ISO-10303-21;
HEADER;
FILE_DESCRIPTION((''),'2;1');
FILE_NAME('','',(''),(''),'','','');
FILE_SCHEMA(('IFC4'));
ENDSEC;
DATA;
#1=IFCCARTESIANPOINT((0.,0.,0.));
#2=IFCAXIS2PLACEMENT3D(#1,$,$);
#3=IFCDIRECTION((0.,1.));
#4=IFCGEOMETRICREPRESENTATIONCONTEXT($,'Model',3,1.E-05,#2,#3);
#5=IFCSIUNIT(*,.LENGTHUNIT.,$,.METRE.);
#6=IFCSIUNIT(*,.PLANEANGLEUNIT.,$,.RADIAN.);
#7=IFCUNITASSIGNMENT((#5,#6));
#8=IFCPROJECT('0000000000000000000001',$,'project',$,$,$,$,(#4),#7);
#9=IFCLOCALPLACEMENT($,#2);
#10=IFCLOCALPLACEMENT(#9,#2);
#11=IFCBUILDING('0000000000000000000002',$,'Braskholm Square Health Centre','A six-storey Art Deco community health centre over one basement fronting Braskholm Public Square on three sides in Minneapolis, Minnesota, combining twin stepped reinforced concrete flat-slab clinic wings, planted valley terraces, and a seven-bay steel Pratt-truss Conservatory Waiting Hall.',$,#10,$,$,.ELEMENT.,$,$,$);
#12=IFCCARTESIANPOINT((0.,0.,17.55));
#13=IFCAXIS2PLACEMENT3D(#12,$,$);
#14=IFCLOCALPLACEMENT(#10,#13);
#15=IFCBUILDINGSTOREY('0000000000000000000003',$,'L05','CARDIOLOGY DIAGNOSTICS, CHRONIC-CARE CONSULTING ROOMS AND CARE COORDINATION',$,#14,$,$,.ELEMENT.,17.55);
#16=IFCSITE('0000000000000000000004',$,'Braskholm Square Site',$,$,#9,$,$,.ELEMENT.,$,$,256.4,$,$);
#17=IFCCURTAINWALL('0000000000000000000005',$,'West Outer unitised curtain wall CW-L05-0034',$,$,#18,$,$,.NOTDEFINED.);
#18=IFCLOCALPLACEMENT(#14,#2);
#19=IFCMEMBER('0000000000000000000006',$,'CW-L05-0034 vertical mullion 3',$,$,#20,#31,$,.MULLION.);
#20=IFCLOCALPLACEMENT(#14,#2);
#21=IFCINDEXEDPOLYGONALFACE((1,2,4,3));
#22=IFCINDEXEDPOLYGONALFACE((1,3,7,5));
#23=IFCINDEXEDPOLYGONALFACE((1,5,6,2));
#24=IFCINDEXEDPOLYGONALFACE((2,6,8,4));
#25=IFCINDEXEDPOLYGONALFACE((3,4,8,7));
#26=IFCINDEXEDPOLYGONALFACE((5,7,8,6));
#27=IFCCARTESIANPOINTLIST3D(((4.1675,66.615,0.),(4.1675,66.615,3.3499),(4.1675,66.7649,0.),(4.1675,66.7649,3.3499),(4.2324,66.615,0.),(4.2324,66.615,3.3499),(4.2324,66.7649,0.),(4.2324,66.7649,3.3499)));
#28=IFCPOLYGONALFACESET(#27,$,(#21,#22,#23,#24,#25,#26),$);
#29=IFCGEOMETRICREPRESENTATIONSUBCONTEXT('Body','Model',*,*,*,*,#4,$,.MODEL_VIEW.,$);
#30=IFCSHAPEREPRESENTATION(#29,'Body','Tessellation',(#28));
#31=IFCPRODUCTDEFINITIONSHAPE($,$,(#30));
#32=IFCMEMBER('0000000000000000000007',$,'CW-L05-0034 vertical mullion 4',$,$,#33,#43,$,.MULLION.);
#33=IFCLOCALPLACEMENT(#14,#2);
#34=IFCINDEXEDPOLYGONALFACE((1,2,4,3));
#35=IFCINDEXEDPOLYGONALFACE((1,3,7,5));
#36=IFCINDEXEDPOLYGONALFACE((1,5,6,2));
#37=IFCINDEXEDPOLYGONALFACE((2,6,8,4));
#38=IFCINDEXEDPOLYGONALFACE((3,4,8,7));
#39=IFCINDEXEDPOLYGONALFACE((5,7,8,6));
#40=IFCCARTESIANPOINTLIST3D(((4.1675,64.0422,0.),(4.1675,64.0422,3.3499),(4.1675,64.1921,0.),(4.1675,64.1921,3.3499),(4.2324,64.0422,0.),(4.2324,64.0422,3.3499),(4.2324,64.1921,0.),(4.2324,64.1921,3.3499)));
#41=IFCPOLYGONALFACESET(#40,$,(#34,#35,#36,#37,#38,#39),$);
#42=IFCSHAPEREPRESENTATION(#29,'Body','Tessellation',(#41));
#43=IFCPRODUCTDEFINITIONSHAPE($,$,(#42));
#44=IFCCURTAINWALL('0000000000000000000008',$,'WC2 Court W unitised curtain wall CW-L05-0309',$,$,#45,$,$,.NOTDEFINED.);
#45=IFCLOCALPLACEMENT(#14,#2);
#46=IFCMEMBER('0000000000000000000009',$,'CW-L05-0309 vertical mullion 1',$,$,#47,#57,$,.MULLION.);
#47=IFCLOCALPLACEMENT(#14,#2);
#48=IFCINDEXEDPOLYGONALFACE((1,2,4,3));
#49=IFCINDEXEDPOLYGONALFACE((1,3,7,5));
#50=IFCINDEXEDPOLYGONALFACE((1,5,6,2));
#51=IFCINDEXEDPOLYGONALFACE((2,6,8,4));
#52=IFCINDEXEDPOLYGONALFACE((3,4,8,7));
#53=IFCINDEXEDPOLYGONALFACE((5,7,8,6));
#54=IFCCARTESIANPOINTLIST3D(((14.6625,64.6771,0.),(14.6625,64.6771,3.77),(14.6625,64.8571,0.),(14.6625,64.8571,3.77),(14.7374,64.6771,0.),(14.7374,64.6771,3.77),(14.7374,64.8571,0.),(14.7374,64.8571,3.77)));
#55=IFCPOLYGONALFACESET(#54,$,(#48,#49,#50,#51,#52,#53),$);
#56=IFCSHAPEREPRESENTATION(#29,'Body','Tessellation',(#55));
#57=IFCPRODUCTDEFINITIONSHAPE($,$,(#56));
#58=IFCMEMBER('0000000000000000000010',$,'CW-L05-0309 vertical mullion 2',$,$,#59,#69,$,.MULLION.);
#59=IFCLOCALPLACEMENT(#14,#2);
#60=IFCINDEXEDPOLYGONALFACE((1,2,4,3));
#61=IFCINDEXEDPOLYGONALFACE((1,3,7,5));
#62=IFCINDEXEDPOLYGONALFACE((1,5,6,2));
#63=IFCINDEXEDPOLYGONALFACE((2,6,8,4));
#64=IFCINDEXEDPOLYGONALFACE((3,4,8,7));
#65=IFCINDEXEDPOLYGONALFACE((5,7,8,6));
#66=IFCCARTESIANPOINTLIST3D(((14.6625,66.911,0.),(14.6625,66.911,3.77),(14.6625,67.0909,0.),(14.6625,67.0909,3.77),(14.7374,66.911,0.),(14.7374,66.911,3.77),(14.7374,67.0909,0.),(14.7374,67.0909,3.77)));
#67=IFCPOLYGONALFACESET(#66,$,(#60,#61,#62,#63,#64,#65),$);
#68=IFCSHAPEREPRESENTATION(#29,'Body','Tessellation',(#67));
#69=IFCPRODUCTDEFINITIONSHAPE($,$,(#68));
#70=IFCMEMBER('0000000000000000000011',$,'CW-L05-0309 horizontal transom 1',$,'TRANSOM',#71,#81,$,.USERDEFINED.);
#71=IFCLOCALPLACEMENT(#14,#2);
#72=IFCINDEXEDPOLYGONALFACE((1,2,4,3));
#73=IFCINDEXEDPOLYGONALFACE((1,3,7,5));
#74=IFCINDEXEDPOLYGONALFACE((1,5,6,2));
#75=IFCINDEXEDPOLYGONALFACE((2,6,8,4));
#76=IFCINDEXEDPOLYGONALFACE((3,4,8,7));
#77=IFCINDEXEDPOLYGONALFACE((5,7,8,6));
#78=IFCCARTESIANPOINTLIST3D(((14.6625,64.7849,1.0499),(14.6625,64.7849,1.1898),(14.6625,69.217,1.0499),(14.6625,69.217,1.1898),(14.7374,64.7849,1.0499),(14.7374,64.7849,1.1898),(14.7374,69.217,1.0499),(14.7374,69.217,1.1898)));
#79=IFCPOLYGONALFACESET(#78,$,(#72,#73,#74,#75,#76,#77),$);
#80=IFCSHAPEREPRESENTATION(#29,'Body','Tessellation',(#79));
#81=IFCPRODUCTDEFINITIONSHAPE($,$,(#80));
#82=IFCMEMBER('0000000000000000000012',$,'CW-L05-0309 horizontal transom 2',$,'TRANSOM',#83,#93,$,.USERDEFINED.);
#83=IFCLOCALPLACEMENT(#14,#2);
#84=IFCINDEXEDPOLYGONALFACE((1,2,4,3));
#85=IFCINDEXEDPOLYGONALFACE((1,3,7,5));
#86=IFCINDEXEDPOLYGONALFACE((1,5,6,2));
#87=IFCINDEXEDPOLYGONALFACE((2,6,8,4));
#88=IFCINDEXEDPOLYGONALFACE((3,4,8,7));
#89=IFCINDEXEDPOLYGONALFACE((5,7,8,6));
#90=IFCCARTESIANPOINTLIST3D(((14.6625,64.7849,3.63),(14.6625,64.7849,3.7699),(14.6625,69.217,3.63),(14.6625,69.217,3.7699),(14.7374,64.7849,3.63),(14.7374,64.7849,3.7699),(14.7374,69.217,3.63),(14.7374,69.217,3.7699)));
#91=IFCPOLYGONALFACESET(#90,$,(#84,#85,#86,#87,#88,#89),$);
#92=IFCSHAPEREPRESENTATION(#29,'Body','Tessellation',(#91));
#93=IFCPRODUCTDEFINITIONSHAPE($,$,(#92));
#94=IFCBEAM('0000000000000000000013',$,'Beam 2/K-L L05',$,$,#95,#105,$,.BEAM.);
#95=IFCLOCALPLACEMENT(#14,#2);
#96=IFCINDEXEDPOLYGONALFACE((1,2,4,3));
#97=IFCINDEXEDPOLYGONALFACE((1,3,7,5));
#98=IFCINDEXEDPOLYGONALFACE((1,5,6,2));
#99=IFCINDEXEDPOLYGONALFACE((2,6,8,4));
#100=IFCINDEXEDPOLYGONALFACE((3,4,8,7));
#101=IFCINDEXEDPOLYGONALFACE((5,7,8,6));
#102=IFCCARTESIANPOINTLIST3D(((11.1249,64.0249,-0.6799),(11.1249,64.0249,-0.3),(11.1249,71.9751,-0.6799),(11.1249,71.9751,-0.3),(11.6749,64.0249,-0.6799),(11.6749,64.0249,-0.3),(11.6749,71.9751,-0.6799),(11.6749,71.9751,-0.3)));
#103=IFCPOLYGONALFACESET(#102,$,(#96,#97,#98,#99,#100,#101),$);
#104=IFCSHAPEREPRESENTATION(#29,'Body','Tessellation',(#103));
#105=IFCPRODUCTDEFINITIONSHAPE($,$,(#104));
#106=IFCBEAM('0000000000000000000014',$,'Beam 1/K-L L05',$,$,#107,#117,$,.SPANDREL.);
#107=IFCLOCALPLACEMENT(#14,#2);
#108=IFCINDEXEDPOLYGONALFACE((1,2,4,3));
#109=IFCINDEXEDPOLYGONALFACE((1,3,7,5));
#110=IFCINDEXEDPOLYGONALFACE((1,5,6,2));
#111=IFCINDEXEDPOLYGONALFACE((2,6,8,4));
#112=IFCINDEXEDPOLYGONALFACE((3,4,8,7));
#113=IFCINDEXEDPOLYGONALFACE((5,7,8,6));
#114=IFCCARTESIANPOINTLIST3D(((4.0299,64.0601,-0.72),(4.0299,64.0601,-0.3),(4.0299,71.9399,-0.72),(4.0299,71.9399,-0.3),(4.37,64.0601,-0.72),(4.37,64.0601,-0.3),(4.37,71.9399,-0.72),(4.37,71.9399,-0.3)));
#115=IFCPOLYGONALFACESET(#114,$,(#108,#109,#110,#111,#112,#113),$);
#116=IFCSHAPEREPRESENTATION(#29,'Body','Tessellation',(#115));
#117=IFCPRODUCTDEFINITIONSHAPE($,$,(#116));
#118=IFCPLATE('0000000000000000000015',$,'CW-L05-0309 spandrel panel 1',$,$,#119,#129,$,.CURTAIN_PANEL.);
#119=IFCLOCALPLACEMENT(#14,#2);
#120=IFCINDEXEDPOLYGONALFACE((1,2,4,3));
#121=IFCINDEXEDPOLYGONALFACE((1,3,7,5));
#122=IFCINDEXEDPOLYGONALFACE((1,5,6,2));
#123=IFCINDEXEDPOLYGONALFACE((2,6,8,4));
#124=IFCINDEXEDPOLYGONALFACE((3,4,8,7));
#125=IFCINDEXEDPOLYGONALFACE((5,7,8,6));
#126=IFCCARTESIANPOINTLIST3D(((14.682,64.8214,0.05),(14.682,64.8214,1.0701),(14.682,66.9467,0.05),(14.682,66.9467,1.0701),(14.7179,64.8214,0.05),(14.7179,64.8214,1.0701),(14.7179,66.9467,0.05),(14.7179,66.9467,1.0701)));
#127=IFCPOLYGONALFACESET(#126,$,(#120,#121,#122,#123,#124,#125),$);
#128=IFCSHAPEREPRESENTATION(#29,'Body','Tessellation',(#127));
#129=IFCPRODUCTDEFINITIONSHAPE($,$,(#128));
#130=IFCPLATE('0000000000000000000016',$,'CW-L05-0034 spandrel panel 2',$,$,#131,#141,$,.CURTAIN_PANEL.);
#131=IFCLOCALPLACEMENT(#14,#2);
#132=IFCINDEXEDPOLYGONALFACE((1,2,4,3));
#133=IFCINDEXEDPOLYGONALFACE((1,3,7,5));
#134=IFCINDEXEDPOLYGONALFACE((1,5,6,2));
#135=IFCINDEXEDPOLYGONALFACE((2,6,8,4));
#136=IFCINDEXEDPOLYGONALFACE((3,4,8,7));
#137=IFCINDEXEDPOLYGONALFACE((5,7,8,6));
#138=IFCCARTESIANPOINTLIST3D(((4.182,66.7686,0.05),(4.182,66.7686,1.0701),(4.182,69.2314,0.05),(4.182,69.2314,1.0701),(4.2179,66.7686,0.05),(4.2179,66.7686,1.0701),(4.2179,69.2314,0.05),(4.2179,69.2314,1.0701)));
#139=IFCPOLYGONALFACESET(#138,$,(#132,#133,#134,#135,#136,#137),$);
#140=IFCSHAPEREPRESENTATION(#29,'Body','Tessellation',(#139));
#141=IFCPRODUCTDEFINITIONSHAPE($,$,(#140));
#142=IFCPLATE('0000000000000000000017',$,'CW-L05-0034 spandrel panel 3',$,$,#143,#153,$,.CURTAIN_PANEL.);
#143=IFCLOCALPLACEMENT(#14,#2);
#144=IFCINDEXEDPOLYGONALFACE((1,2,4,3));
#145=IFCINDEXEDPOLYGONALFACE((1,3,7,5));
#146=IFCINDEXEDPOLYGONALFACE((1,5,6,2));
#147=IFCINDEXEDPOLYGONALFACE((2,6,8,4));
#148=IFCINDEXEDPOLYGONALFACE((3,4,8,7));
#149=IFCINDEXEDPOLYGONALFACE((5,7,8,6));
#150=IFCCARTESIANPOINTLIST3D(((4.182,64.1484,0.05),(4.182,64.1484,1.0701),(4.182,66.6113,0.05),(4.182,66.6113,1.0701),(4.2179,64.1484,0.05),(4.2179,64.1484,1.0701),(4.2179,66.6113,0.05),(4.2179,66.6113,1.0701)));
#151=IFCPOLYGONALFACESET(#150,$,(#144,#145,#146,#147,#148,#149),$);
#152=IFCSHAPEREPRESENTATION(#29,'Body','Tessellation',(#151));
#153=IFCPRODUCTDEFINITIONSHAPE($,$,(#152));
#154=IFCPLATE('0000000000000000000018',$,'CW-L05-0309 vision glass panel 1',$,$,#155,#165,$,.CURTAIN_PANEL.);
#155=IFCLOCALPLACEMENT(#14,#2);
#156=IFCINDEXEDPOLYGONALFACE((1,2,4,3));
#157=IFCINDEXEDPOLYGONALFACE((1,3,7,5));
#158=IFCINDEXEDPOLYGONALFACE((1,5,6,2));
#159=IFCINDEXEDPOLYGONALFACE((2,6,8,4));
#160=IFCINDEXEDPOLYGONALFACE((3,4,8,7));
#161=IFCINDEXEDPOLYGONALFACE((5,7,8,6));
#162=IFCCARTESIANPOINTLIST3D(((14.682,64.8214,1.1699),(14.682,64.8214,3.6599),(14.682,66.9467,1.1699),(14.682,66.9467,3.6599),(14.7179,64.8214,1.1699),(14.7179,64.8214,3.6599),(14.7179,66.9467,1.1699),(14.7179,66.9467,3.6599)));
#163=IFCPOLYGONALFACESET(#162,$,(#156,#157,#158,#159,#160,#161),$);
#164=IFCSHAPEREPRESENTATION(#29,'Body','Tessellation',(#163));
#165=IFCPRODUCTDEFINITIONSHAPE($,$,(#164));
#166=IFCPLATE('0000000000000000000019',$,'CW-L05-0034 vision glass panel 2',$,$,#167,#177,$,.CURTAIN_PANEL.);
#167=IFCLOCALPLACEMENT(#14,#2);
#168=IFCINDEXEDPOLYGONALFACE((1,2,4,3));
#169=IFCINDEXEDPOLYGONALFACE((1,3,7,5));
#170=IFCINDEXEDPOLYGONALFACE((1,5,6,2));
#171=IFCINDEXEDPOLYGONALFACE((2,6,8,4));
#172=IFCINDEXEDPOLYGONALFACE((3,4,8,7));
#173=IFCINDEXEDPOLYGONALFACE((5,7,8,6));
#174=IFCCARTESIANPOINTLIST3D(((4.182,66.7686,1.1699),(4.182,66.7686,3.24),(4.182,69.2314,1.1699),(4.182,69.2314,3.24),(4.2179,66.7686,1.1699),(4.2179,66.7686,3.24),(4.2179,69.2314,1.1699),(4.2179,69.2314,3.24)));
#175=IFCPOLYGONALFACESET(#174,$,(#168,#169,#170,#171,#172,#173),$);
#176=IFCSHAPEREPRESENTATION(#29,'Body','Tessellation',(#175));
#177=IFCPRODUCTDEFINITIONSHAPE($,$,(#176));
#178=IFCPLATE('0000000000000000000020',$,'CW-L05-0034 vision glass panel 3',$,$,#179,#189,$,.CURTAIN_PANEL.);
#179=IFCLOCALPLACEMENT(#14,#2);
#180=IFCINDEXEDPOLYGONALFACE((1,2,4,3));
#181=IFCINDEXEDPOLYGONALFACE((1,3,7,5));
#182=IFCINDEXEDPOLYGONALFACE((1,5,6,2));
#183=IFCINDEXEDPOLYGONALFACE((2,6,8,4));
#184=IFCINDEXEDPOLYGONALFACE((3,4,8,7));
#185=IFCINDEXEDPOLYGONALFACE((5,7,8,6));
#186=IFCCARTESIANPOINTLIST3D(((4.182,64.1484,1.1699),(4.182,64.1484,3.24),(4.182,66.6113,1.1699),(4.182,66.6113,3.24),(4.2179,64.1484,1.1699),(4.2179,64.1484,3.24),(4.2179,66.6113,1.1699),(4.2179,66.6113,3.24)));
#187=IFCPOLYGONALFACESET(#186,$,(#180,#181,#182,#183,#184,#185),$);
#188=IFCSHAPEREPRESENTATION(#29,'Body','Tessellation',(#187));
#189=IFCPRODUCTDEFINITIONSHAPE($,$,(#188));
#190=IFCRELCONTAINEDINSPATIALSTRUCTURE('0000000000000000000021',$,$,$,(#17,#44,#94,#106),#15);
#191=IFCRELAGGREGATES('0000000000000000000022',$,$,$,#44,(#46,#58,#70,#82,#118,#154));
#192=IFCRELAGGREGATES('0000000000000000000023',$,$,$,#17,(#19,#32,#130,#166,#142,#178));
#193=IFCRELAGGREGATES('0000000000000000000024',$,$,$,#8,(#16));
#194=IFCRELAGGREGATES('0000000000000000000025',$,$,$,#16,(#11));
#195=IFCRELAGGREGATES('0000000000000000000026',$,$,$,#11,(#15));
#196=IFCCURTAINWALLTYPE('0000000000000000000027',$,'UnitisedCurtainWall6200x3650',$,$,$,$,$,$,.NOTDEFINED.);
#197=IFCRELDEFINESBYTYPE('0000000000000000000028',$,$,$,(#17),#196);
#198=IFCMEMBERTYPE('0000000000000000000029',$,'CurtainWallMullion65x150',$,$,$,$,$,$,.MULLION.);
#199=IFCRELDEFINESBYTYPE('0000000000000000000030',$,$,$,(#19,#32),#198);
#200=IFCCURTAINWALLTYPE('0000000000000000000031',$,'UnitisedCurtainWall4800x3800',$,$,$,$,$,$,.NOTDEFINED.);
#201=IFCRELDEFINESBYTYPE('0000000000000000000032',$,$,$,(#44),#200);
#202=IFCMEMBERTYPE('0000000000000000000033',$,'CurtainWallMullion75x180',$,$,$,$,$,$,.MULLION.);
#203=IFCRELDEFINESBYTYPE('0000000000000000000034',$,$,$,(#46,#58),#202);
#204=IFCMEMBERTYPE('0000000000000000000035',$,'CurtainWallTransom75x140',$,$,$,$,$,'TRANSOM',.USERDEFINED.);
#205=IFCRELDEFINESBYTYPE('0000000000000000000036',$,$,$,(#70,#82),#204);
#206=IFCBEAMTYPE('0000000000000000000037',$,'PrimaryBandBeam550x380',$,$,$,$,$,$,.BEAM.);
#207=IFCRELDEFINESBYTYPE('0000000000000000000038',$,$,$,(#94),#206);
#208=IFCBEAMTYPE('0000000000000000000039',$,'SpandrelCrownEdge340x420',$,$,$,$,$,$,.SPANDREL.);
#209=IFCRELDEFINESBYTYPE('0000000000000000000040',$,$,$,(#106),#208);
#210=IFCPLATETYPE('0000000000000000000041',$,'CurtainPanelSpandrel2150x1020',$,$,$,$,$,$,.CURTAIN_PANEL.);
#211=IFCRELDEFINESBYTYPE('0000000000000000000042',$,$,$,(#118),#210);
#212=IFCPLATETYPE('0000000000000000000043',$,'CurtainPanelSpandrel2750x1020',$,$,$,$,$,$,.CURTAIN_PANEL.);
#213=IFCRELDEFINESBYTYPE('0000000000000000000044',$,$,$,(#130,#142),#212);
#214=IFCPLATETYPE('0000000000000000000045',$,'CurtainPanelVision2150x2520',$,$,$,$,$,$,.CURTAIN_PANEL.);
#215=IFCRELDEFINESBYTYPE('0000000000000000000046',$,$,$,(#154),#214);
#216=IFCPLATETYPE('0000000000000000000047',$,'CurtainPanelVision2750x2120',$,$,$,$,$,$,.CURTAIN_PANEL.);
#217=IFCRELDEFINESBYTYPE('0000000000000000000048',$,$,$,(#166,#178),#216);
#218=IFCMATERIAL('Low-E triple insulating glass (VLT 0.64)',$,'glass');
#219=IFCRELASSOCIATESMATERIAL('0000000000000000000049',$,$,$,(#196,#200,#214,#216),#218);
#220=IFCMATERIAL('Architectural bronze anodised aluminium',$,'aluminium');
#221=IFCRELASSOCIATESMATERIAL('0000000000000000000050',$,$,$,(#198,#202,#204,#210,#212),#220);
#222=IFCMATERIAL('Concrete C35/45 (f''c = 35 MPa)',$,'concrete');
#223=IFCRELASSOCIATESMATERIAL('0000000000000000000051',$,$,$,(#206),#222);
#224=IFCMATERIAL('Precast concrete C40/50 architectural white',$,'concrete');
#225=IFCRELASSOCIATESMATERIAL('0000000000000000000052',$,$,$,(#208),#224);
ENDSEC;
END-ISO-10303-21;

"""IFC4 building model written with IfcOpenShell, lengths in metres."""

from ifc_helpers import new_model, si_unit, direction, frame, origin, origin_2d, place, context, subcontext, project, spatial, rectangle, extrude, material, material_profile, profile_set, type_object, element, aggregate, save


model = new_model("IFC4")

# Units and contexts
model_context = context("Model", 3, precision=1e-05, world=origin(), true_north=direction((0.0, 1.0)))
body_context = subcontext(model_context, "Body", "Model", "MODEL_VIEW")
ifc_project = project(units=[si_unit("LENGTHUNIT", "METRE"), si_unit("PLANEANGLEUNIT", "RADIAN")], contexts=[model_context])

# Site, building, storey
site_placement = place(None, origin())
site = spatial("IfcSite", under=ifc_project, at=site_placement, Name="Braskholm Square Site", CompositionType="ELEMENT", RefElevation=256.4)
building_placement = place(site_placement, origin())
building = spatial("IfcBuilding", under=site, at=building_placement, Name="Braskholm Square Health Centre", Description="A six-storey Art Deco community health centre over one basement fronting Braskholm Public Square on three sides in Minneapolis, Minnesota, combining twin stepped reinforced concrete flat-slab clinic wings, planted valley terraces, and a seven-bay steel Pratt-truss Conservatory Waiting Hall.", CompositionType="ELEMENT")
storey_placement = place(building_placement, frame((0.0, 0.0, 17.55)))
storey = spatial("IfcBuildingStorey", under=building, at=storey_placement, Name="L05", Description="CARDIOLOGY DIAGNOSTICS, CHRONIC-CARE CONSULTING ROOMS AND CARE COORDINATION", CompositionType="ELEMENT", Elevation=17.55)

# Curtain walls, members
ifc_material_1 = material(Name="Low-E triple insulating glass (VLT 0.64)", Category="glass")
curtain_wall_type_1 = type_object("IfcCurtainWallType", Name="UnitisedCurtainWall6200x3650", PredefinedType="NOTDEFINED", material=ifc_material_1)
curtain_wall_1_placement = place(storey_placement, origin())
curtain_wall_1 = element("IfcCurtainWall", 1, at=curtain_wall_1_placement, inside=storey, type_object=curtain_wall_type_1, Name="West Outer unitised curtain wall CW-L05-0034", PredefinedType="NOTDEFINED")
ifc_material_2 = material(Name="Architectural bronze anodised aluminium", Category="aluminium")
ifc_material_profile_1 = material_profile(ifc_material_2, rectangle(XDim=0.0649, YDim=0.1499, at=origin_2d()), Name="ALU-65X150")
ifc_profile_set_1 = profile_set([ifc_material_profile_1], Name="Architectural bronze anodised aluminium")
member_type_1 = type_object("IfcMemberType", Name="CurtainWallMullion65x150", PredefinedType="MULLION", material=ifc_profile_set_1)
member_1_placement = place(storey_placement, frame((4.2, 66.6899, 0.0), z_axis=(0.0, 0.0, 1.0), x_axis=(1.0, 0.0, 0.0)))
member_1 = element("IfcMember", 2, at=member_1_placement, type_object=member_type_1, Name="CW-L05-0034 vertical mullion 3", PredefinedType="MULLION", context=body_context, shape_type="SweptSolid", body=[
    extrude(rectangle(XDim=0.0649, YDim=0.1499, at=origin_2d()), origin(), (0.0, 0.0, 1.0), 3.3499),
])
member_2_placement = place(storey_placement, frame((4.2, 64.1172, 0.0), z_axis=(0.0, 0.0, 1.0), x_axis=(1.0, 0.0, 0.0)))
member_2 = element("IfcMember", 3, at=member_2_placement, type_object=member_type_1, Name="CW-L05-0034 vertical mullion 4", PredefinedType="MULLION", context=body_context, shape_type="SweptSolid", body=[
    extrude(rectangle(XDim=0.0649, YDim=0.1499, at=origin_2d()), origin(), (0.0, 0.0, 1.0), 3.3499),
])
curtain_wall_type_2 = type_object("IfcCurtainWallType", Name="UnitisedCurtainWall4800x3800", PredefinedType="NOTDEFINED", material=ifc_material_1)
curtain_wall_2_placement = place(storey_placement, origin())
curtain_wall_2 = element("IfcCurtainWall", 4, at=curtain_wall_2_placement, inside=storey, type_object=curtain_wall_type_2, Name="WC2 Court W unitised curtain wall CW-L05-0309", PredefinedType="NOTDEFINED")
ifc_material_profile_2 = material_profile(ifc_material_2, rectangle(XDim=0.075, YDim=0.1799, at=origin_2d()), Name="ALU-75X180")
ifc_profile_set_2 = profile_set([ifc_material_profile_2], Name="Architectural bronze anodised aluminium")
member_type_2 = type_object("IfcMemberType", Name="CurtainWallMullion75x180", PredefinedType="MULLION", material=ifc_profile_set_2)
member_3_placement = place(storey_placement, frame((14.7, 64.7671, 0.0), z_axis=(0.0, 0.0, 1.0), x_axis=(1.0, 0.0, 0.0)))
member_3 = element("IfcMember", 5, at=member_3_placement, type_object=member_type_2, Name="CW-L05-0309 vertical mullion 1", PredefinedType="MULLION", context=body_context, shape_type="SweptSolid", body=[
    extrude(rectangle(XDim=0.075, YDim=0.1799, at=origin_2d()), origin(), (0.0, 0.0, 1.0), 3.77),
])
member_4_placement = place(storey_placement, frame((14.7, 67.001, 0.0), z_axis=(0.0, 0.0, 1.0), x_axis=(1.0, 0.0, 0.0)))
member_4 = element("IfcMember", 6, at=member_4_placement, type_object=member_type_2, Name="CW-L05-0309 vertical mullion 2", PredefinedType="MULLION", context=body_context, shape_type="SweptSolid", body=[
    extrude(rectangle(XDim=0.075, YDim=0.1799, at=origin_2d()), origin(), (0.0, 0.0, 1.0), 3.77),
])
ifc_material_profile_3 = material_profile(ifc_material_2, rectangle(XDim=0.075, YDim=0.1399, at=origin_2d()), Name="ALU-75X140")
ifc_profile_set_3 = profile_set([ifc_material_profile_3], Name="Architectural bronze anodised aluminium")
member_type_3 = type_object("IfcMemberType", Name="CurtainWallTransom75x140", ElementType="TRANSOM", PredefinedType="USERDEFINED", material=ifc_profile_set_3)
member_5_placement = place(storey_placement, frame((14.7, 64.7849, 1.1199), z_axis=(0.0, 1.0, 0.0), x_axis=(-1.0, 0.0, 0.0)))
member_5 = element("IfcMember", 7, at=member_5_placement, type_object=member_type_3, Name="CW-L05-0309 horizontal transom 1", ObjectType="TRANSOM", PredefinedType="USERDEFINED", context=body_context, shape_type="SweptSolid", body=[
    extrude(rectangle(XDim=0.075, YDim=0.1399, at=origin_2d()), origin(), (0.0, 0.0, 1.0), 4.4321),
])
member_6_placement = place(storey_placement, frame((14.7, 64.7849, 3.7), z_axis=(0.0, 1.0, 0.0), x_axis=(-1.0, 0.0, 0.0)))
member_6 = element("IfcMember", 8, at=member_6_placement, type_object=member_type_3, Name="CW-L05-0309 horizontal transom 2", ObjectType="TRANSOM", PredefinedType="USERDEFINED", context=body_context, shape_type="SweptSolid", body=[
    extrude(rectangle(XDim=0.075, YDim=0.1399, at=origin_2d()), origin(), (0.0, 0.0, 1.0), 4.4321),
])

# Beams
ifc_material_3 = material(Name="Concrete C35/45 (f'c = 35 MPa)", Category="concrete")
ifc_material_profile_4 = material_profile(ifc_material_3, rectangle(XDim=0.55, YDim=0.3799, at=origin_2d()), Name="RCB-550X380")
ifc_profile_set_4 = profile_set([ifc_material_profile_4], Name="Concrete C35/45 (f'c = 35 MPa)")
beam_type_1 = type_object("IfcBeamType", Name="PrimaryBandBeam550x380", PredefinedType="BEAM", material=ifc_profile_set_4)
beam_1_placement = place(storey_placement, frame((11.3999, 64.0249, -0.49), z_axis=(0.0, 1.0, 0.0), x_axis=(-1.0, 0.0, 0.0)))
element("IfcBeam", 9, at=beam_1_placement, inside=storey, type_object=beam_type_1, Name="Beam 2/K-L L05", PredefinedType="BEAM", context=body_context, shape_type="SweptSolid", body=[
    extrude(rectangle(XDim=0.55, YDim=0.3799, at=origin_2d()), origin(), (0.0, 0.0, 1.0), 7.9502),
])
ifc_material_4 = material(Name="Precast concrete C40/50 architectural white", Category="concrete")
ifc_material_profile_5 = material_profile(ifc_material_4, rectangle(XDim=0.3401, YDim=0.4199, at=origin_2d()), Name="RCB-340X420")
ifc_profile_set_5 = profile_set([ifc_material_profile_5], Name="Precast concrete C40/50 architectural white")
beam_type_2 = type_object("IfcBeamType", Name="SpandrelCrownEdge340x420", PredefinedType="SPANDREL", material=ifc_profile_set_5)
beam_2_placement = place(storey_placement, frame((4.2, 64.0601, -0.51), z_axis=(0.0, 1.0, 0.0), x_axis=(-1.0, 0.0, 0.0)))
element("IfcBeam", 10, at=beam_2_placement, inside=storey, type_object=beam_type_2, Name="Beam 1/K-L L05", PredefinedType="SPANDREL", context=body_context, shape_type="SweptSolid", body=[
    extrude(rectangle(XDim=0.3401, YDim=0.4199, at=origin_2d()), origin(), (0.0, 0.0, 1.0), 7.8799),
])

# Plates
plate_type_1 = type_object("IfcPlateType", Name="CurtainPanelSpandrel2150x1020", PredefinedType="CURTAIN_PANEL", material=ifc_material_2)
plate_1_placement = place(storey_placement, frame((14.7, 65.884, 0.05), z_axis=(0.0, 0.0, 1.0), x_axis=(0.0, 1.0, 0.0)))
plate_1 = element("IfcPlate", 11, at=plate_1_placement, type_object=plate_type_1, Name="CW-L05-0309 spandrel panel 1", PredefinedType="CURTAIN_PANEL", context=body_context, shape_type="SweptSolid", body=[
    extrude(rectangle(XDim=2.1252, YDim=0.0359, at=origin_2d()), origin(), (0.0, 0.0, 1.0), 1.02),
])
plate_type_2 = type_object("IfcPlateType", Name="CurtainPanelSpandrel2750x1020", PredefinedType="CURTAIN_PANEL", material=ifc_material_2)
plate_2_placement = place(storey_placement, frame((4.2, 68.0, 0.05), z_axis=(0.0, 0.0, 1.0), x_axis=(0.0, -1.0, 0.0)))
plate_2 = element("IfcPlate", 12, at=plate_2_placement, type_object=plate_type_2, Name="CW-L05-0034 spandrel panel 2", PredefinedType="CURTAIN_PANEL", context=body_context, shape_type="SweptSolid", body=[
    extrude(rectangle(XDim=2.4629, YDim=0.0359, at=origin_2d()), origin(), (0.0, 0.0, 1.0), 1.02),
])
plate_3_placement = place(storey_placement, frame((4.2, 65.3799, 0.05), z_axis=(0.0, 0.0, 1.0), x_axis=(0.0, -1.0, 0.0)))
plate_3 = element("IfcPlate", 13, at=plate_3_placement, type_object=plate_type_2, Name="CW-L05-0034 spandrel panel 3", PredefinedType="CURTAIN_PANEL", context=body_context, shape_type="SweptSolid", body=[
    extrude(rectangle(XDim=2.4629, YDim=0.0359, at=origin_2d()), origin(), (0.0, 0.0, 1.0), 1.02),
])
plate_type_3 = type_object("IfcPlateType", Name="CurtainPanelVision2150x2520", PredefinedType="CURTAIN_PANEL", material=ifc_material_1)
plate_4_placement = place(storey_placement, frame((14.7, 65.884, 1.1699), z_axis=(0.0, 0.0, 1.0), x_axis=(0.0, 1.0, 0.0)))
plate_4 = element("IfcPlate", 14, at=plate_4_placement, type_object=plate_type_3, Name="CW-L05-0309 vision glass panel 1", PredefinedType="CURTAIN_PANEL", context=body_context, shape_type="SweptSolid", body=[
    extrude(rectangle(XDim=2.1252, YDim=0.0359, at=origin_2d()), origin(), (0.0, 0.0, 1.0), 2.49),
])
aggregate(curtain_wall_2, [member_3, member_4, member_5, member_6, plate_1, plate_4])
plate_type_4 = type_object("IfcPlateType", Name="CurtainPanelVision2750x2120", PredefinedType="CURTAIN_PANEL", material=ifc_material_1)
plate_5_placement = place(storey_placement, frame((4.2, 68.0, 1.1699), z_axis=(0.0, 0.0, 1.0), x_axis=(0.0, -1.0, 0.0)))
plate_5 = element("IfcPlate", 15, at=plate_5_placement, type_object=plate_type_4, Name="CW-L05-0034 vision glass panel 2", PredefinedType="CURTAIN_PANEL", context=body_context, shape_type="SweptSolid", body=[
    extrude(rectangle(XDim=2.4629, YDim=0.0359, at=origin_2d()), origin(), (0.0, 0.0, 1.0), 2.0701),
])
plate_6_placement = place(storey_placement, frame((4.2, 65.3799, 1.1699), z_axis=(0.0, 0.0, 1.0), x_axis=(0.0, -1.0, 0.0)))
plate_6 = element("IfcPlate", 16, at=plate_6_placement, type_object=plate_type_4, Name="CW-L05-0034 vision glass panel 3", PredefinedType="CURTAIN_PANEL", context=body_context, shape_type="SweptSolid", body=[
    extrude(rectangle(XDim=2.4629, YDim=0.0359, at=origin_2d()), origin(), (0.0, 0.0, 1.0), 2.0701),
])
aggregate(curtain_wall_1, [member_1, member_2, plate_2, plate_5, plate_3, plate_6])

save(model, "model.ifc")
